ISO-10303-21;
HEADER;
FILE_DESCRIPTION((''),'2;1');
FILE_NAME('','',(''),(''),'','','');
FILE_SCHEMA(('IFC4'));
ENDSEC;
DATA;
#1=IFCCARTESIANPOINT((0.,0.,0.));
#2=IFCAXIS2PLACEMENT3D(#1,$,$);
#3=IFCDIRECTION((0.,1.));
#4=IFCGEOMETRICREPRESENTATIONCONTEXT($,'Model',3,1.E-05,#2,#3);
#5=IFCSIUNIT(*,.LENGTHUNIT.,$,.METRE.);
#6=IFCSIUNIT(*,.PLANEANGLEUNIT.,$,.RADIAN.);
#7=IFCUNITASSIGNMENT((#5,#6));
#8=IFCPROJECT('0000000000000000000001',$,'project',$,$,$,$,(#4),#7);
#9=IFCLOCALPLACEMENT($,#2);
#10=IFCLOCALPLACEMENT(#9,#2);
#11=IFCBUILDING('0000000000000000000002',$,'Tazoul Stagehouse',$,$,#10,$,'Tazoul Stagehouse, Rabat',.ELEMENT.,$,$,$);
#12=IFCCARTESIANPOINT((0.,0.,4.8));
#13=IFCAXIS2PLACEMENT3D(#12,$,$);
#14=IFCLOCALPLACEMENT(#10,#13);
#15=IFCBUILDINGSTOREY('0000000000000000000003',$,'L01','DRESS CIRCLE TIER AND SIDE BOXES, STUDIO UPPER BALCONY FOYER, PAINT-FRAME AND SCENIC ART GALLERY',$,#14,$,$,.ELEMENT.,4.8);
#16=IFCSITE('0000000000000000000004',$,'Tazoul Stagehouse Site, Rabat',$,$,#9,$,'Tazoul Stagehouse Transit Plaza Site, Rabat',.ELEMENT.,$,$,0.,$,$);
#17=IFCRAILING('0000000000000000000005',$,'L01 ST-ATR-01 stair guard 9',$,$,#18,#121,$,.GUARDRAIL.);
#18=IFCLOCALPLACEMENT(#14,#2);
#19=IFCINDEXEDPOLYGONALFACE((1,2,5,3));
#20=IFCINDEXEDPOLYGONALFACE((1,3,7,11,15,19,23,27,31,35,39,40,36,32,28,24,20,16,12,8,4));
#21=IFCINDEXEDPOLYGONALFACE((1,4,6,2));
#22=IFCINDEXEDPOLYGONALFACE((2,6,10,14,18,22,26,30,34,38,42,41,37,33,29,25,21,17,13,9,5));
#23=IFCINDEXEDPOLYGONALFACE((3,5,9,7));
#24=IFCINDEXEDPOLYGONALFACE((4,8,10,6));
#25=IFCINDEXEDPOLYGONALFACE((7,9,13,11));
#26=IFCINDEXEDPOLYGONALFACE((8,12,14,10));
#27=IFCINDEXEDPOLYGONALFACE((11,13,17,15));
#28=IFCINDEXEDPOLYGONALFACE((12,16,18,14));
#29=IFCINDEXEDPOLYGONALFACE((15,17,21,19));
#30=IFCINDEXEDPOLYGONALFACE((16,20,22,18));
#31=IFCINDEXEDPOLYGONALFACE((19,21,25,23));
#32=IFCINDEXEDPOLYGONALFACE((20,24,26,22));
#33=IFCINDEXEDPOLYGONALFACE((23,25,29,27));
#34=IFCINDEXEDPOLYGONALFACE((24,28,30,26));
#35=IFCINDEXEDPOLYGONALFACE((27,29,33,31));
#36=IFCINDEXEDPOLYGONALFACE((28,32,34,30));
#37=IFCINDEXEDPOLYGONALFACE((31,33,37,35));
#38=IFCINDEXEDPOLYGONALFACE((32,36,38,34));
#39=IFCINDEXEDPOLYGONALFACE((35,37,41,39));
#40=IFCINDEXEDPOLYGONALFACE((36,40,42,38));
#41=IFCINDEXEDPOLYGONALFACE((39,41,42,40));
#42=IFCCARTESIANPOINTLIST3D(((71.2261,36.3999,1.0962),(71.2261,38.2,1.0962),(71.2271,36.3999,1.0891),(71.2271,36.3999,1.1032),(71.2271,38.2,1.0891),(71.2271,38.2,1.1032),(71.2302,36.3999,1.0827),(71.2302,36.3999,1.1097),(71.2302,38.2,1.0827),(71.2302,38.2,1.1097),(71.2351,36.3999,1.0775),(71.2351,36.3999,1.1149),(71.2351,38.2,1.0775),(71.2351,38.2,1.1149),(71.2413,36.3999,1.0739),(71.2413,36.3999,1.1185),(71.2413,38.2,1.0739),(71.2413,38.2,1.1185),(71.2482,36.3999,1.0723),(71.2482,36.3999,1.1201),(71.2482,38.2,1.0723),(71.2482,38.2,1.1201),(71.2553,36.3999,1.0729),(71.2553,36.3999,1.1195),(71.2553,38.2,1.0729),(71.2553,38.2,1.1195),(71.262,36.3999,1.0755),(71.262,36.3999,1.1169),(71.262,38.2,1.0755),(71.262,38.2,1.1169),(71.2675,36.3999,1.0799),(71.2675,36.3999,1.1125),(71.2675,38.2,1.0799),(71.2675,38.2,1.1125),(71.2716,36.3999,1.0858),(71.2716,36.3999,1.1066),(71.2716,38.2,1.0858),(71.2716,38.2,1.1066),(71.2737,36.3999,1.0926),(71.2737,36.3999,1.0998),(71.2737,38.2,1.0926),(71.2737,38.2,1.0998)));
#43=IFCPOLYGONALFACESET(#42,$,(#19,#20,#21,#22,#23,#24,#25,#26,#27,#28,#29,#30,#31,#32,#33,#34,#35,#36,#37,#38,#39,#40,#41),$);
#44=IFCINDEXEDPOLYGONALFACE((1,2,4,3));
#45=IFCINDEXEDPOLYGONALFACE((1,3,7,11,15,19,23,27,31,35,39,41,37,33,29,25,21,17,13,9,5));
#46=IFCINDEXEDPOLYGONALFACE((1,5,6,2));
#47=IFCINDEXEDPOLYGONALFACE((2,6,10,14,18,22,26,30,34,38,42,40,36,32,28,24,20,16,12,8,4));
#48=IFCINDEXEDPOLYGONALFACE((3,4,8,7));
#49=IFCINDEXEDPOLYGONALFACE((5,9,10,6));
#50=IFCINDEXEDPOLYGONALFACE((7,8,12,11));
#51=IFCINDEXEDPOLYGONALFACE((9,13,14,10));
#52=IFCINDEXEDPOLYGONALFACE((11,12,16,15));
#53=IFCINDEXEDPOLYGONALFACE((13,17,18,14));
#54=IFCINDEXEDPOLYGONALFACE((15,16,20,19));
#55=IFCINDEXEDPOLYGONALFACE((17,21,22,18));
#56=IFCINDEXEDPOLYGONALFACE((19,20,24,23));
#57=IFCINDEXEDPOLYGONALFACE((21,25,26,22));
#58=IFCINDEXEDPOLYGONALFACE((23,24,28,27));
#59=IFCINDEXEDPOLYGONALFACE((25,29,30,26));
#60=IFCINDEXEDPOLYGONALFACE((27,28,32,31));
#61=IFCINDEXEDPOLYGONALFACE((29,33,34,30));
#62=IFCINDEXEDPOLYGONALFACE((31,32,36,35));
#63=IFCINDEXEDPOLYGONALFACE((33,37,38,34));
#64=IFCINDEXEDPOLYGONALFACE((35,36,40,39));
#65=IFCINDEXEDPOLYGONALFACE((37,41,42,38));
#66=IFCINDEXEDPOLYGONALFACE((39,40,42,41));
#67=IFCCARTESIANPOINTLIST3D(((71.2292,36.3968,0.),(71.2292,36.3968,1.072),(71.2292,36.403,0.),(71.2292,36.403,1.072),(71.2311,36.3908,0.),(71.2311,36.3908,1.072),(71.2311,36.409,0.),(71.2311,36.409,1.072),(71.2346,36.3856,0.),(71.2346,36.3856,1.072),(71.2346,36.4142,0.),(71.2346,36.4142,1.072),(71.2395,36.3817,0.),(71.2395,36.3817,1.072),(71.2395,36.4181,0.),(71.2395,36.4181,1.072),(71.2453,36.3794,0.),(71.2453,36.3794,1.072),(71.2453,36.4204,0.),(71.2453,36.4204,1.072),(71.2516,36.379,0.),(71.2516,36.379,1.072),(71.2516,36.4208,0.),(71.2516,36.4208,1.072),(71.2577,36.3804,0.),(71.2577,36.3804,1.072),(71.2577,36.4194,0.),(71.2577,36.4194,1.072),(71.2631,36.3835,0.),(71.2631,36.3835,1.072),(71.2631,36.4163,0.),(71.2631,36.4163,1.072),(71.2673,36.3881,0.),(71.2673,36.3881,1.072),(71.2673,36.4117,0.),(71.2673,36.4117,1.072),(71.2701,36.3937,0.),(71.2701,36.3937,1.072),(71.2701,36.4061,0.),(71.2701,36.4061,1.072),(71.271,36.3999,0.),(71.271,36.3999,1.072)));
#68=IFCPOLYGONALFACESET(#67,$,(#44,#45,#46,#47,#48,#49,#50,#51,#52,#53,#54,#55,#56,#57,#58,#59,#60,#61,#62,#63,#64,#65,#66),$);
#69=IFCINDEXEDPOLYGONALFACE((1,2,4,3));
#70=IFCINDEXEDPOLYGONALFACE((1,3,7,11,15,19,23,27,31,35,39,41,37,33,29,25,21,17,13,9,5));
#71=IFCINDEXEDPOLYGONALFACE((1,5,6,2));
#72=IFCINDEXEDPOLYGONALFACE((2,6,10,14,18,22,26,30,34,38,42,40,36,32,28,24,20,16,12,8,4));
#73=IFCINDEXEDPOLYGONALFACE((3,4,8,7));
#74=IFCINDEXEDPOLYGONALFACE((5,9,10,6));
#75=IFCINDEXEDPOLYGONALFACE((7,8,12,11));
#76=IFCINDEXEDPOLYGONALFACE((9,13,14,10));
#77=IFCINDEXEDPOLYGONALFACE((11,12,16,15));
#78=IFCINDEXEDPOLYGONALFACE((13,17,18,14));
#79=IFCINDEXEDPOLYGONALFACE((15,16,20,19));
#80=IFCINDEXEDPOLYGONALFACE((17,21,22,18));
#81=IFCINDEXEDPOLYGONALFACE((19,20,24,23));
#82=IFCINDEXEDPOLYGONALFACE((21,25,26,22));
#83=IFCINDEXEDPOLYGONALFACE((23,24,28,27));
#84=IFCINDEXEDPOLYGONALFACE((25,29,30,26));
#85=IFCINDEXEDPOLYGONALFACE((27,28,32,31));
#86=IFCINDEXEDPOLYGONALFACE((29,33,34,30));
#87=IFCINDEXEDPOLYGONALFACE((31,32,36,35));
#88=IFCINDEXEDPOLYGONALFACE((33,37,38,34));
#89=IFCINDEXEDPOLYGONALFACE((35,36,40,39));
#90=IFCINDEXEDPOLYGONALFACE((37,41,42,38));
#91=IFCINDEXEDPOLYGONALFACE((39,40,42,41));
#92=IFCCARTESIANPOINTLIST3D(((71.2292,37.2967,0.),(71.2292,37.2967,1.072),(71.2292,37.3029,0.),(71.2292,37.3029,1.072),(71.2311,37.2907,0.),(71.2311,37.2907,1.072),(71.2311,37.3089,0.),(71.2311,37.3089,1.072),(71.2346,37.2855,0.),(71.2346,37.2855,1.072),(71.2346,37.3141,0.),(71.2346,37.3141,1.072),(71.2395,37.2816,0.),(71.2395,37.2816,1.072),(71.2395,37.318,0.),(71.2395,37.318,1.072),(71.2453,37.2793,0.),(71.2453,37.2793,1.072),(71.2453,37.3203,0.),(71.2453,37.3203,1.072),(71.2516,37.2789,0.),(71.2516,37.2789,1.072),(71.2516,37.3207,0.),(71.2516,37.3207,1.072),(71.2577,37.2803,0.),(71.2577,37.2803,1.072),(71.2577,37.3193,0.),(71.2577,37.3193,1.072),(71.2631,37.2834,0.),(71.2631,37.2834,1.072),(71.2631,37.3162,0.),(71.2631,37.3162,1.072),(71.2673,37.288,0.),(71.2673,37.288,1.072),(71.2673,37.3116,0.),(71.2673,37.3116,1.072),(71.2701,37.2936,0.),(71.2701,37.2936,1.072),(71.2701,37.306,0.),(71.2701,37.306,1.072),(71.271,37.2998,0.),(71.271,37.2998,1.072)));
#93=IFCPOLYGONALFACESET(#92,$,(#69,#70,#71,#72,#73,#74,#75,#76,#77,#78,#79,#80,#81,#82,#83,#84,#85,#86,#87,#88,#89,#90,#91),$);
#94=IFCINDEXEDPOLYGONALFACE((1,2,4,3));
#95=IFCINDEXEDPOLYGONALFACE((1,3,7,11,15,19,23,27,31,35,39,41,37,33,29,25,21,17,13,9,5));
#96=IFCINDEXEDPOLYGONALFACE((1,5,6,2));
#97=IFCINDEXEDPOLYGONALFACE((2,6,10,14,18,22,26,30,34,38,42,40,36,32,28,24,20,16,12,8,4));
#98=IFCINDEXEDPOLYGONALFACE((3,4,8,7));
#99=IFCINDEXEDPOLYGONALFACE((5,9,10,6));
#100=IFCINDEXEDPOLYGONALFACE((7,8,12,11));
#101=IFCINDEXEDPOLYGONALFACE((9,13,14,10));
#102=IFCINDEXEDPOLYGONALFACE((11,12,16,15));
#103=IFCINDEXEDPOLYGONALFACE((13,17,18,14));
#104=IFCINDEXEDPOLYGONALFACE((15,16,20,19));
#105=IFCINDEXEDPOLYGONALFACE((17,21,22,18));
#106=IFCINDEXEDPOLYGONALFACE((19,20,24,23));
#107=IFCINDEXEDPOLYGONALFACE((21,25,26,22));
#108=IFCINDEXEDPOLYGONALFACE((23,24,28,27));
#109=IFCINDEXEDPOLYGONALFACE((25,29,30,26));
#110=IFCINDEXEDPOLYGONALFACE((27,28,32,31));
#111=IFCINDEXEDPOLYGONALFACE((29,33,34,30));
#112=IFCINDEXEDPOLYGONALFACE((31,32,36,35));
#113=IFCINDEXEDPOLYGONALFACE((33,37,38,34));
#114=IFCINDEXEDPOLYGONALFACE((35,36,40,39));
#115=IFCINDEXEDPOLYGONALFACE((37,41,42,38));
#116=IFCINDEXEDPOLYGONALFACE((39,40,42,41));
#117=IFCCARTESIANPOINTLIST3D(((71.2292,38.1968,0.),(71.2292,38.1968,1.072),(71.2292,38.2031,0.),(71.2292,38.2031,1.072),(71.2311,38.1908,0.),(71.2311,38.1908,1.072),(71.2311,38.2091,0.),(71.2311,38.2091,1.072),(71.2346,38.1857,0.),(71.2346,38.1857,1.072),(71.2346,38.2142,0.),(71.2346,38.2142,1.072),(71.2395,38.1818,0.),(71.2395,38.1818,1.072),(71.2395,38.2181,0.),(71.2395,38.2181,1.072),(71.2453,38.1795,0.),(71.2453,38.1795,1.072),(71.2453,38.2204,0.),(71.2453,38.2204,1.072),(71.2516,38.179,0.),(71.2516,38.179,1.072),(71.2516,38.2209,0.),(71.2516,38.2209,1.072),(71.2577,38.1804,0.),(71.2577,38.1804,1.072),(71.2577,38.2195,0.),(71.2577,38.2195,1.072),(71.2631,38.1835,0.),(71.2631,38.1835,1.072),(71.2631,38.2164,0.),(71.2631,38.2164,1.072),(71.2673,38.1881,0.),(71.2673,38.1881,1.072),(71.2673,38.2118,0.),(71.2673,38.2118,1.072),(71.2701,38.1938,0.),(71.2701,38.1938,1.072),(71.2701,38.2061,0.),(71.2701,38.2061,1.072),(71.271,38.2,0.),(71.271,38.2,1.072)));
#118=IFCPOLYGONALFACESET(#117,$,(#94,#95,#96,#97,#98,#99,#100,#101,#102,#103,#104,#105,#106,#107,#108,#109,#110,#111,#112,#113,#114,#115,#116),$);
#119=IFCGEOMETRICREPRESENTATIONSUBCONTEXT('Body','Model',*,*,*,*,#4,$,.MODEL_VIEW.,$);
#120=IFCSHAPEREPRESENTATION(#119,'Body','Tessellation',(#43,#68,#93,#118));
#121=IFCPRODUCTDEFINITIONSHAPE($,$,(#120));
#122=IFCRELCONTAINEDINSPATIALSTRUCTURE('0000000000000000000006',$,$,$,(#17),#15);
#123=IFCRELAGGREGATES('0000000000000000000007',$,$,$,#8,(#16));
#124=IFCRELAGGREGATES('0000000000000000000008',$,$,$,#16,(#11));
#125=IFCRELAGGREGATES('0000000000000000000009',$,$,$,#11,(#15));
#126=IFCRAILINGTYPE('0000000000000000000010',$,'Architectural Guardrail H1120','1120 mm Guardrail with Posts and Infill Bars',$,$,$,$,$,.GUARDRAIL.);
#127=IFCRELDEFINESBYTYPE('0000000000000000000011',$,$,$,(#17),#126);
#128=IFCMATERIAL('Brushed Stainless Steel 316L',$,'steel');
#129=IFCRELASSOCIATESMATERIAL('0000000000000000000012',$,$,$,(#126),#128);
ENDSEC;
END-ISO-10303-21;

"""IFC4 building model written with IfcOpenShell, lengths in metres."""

from ifc_helpers import new_model, si_unit, direction, frame, origin, origin_2d, place, context, subcontext, project, spatial, circle, extrude, material, material_profile, profile_set, type_object, element, save


model = new_model("IFC4")

# Units and contexts
model_context = context("Model", 3, precision=1e-05, world=origin(), true_north=direction((0.0, 1.0)))
body_context = subcontext(model_context, "Body", "Model", "MODEL_VIEW")
ifc_project = project(units=[si_unit("LENGTHUNIT", "METRE"), si_unit("PLANEANGLEUNIT", "RADIAN")], contexts=[model_context])

# Site, building, storey
site_placement = place(None, origin())
site = spatial("IfcSite", under=ifc_project, at=site_placement, Name="Tazoul Stagehouse Site, Rabat", LongName="Tazoul Stagehouse Transit Plaza Site, Rabat", CompositionType="ELEMENT", RefElevation=0.0)
building_placement = place(site_placement, origin())
building = spatial("IfcBuilding", under=site, at=building_placement, Name="Tazoul Stagehouse", LongName="Tazoul Stagehouse, Rabat", CompositionType="ELEMENT")
storey_placement = place(building_placement, frame((0.0, 0.0, 4.8)))
storey = spatial("IfcBuildingStorey", under=building, at=storey_placement, Name="L01", Description="DRESS CIRCLE TIER AND SIDE BOXES, STUDIO UPPER BALCONY FOYER, PAINT-FRAME AND SCENIC ART GALLERY", CompositionType="ELEMENT", Elevation=4.8)

# Railing
ifc_material_1 = material(Name="Brushed Stainless Steel 316L", Category="steel")
ifc_material_profile_1 = material_profile(ifc_material_1, circle(Radius=0.0239, at=origin_2d()), Name="SS RAIL D48")
ifc_profile_set_1 = profile_set([ifc_material_profile_1], Name="Brushed Stainless Steel 316L")
railing_type = type_object("IfcRailingType", Name="Architectural Guardrail H1120", Description="1120 mm Guardrail with Posts and Infill Bars", PredefinedType="GUARDRAIL", material=ifc_profile_set_1)
for number, where, name in (
    (1, (71.25, 36.3999, 0.0), "L01 ST-ATR-01 stair guard 9"),
):
    element("IfcRailing", number, at=place(storey_placement, frame(where)), inside=storey, type_object=railing_type, Name=name, PredefinedType="GUARDRAIL", context=body_context, shape_type="SweptSolid", body=[
        extrude(circle(Radius=0.0239, at=origin_2d()), frame((0.0, 0.0, 1.0962), z_axis=(0.0, 1.0, 0.0), x_axis=(-1.0, 0.0, 0.0)), (0.0, 0.0, 1.0), 1.8),
        extrude(circle(Radius=0.021, at=origin_2d()), origin(), (0.0, 0.0, 1.0), 1.072),
        extrude(circle(Radius=0.021, at=origin_2d()), frame((0.0, 0.8999, 0.0)), (0.0, 0.0, 1.0), 1.072),
        extrude(circle(Radius=0.021, at=origin_2d()), frame((0.0, 1.8, 0.0)), (0.0, 0.0, 1.0), 1.072),
    ])

save(model, "model.ifc")
